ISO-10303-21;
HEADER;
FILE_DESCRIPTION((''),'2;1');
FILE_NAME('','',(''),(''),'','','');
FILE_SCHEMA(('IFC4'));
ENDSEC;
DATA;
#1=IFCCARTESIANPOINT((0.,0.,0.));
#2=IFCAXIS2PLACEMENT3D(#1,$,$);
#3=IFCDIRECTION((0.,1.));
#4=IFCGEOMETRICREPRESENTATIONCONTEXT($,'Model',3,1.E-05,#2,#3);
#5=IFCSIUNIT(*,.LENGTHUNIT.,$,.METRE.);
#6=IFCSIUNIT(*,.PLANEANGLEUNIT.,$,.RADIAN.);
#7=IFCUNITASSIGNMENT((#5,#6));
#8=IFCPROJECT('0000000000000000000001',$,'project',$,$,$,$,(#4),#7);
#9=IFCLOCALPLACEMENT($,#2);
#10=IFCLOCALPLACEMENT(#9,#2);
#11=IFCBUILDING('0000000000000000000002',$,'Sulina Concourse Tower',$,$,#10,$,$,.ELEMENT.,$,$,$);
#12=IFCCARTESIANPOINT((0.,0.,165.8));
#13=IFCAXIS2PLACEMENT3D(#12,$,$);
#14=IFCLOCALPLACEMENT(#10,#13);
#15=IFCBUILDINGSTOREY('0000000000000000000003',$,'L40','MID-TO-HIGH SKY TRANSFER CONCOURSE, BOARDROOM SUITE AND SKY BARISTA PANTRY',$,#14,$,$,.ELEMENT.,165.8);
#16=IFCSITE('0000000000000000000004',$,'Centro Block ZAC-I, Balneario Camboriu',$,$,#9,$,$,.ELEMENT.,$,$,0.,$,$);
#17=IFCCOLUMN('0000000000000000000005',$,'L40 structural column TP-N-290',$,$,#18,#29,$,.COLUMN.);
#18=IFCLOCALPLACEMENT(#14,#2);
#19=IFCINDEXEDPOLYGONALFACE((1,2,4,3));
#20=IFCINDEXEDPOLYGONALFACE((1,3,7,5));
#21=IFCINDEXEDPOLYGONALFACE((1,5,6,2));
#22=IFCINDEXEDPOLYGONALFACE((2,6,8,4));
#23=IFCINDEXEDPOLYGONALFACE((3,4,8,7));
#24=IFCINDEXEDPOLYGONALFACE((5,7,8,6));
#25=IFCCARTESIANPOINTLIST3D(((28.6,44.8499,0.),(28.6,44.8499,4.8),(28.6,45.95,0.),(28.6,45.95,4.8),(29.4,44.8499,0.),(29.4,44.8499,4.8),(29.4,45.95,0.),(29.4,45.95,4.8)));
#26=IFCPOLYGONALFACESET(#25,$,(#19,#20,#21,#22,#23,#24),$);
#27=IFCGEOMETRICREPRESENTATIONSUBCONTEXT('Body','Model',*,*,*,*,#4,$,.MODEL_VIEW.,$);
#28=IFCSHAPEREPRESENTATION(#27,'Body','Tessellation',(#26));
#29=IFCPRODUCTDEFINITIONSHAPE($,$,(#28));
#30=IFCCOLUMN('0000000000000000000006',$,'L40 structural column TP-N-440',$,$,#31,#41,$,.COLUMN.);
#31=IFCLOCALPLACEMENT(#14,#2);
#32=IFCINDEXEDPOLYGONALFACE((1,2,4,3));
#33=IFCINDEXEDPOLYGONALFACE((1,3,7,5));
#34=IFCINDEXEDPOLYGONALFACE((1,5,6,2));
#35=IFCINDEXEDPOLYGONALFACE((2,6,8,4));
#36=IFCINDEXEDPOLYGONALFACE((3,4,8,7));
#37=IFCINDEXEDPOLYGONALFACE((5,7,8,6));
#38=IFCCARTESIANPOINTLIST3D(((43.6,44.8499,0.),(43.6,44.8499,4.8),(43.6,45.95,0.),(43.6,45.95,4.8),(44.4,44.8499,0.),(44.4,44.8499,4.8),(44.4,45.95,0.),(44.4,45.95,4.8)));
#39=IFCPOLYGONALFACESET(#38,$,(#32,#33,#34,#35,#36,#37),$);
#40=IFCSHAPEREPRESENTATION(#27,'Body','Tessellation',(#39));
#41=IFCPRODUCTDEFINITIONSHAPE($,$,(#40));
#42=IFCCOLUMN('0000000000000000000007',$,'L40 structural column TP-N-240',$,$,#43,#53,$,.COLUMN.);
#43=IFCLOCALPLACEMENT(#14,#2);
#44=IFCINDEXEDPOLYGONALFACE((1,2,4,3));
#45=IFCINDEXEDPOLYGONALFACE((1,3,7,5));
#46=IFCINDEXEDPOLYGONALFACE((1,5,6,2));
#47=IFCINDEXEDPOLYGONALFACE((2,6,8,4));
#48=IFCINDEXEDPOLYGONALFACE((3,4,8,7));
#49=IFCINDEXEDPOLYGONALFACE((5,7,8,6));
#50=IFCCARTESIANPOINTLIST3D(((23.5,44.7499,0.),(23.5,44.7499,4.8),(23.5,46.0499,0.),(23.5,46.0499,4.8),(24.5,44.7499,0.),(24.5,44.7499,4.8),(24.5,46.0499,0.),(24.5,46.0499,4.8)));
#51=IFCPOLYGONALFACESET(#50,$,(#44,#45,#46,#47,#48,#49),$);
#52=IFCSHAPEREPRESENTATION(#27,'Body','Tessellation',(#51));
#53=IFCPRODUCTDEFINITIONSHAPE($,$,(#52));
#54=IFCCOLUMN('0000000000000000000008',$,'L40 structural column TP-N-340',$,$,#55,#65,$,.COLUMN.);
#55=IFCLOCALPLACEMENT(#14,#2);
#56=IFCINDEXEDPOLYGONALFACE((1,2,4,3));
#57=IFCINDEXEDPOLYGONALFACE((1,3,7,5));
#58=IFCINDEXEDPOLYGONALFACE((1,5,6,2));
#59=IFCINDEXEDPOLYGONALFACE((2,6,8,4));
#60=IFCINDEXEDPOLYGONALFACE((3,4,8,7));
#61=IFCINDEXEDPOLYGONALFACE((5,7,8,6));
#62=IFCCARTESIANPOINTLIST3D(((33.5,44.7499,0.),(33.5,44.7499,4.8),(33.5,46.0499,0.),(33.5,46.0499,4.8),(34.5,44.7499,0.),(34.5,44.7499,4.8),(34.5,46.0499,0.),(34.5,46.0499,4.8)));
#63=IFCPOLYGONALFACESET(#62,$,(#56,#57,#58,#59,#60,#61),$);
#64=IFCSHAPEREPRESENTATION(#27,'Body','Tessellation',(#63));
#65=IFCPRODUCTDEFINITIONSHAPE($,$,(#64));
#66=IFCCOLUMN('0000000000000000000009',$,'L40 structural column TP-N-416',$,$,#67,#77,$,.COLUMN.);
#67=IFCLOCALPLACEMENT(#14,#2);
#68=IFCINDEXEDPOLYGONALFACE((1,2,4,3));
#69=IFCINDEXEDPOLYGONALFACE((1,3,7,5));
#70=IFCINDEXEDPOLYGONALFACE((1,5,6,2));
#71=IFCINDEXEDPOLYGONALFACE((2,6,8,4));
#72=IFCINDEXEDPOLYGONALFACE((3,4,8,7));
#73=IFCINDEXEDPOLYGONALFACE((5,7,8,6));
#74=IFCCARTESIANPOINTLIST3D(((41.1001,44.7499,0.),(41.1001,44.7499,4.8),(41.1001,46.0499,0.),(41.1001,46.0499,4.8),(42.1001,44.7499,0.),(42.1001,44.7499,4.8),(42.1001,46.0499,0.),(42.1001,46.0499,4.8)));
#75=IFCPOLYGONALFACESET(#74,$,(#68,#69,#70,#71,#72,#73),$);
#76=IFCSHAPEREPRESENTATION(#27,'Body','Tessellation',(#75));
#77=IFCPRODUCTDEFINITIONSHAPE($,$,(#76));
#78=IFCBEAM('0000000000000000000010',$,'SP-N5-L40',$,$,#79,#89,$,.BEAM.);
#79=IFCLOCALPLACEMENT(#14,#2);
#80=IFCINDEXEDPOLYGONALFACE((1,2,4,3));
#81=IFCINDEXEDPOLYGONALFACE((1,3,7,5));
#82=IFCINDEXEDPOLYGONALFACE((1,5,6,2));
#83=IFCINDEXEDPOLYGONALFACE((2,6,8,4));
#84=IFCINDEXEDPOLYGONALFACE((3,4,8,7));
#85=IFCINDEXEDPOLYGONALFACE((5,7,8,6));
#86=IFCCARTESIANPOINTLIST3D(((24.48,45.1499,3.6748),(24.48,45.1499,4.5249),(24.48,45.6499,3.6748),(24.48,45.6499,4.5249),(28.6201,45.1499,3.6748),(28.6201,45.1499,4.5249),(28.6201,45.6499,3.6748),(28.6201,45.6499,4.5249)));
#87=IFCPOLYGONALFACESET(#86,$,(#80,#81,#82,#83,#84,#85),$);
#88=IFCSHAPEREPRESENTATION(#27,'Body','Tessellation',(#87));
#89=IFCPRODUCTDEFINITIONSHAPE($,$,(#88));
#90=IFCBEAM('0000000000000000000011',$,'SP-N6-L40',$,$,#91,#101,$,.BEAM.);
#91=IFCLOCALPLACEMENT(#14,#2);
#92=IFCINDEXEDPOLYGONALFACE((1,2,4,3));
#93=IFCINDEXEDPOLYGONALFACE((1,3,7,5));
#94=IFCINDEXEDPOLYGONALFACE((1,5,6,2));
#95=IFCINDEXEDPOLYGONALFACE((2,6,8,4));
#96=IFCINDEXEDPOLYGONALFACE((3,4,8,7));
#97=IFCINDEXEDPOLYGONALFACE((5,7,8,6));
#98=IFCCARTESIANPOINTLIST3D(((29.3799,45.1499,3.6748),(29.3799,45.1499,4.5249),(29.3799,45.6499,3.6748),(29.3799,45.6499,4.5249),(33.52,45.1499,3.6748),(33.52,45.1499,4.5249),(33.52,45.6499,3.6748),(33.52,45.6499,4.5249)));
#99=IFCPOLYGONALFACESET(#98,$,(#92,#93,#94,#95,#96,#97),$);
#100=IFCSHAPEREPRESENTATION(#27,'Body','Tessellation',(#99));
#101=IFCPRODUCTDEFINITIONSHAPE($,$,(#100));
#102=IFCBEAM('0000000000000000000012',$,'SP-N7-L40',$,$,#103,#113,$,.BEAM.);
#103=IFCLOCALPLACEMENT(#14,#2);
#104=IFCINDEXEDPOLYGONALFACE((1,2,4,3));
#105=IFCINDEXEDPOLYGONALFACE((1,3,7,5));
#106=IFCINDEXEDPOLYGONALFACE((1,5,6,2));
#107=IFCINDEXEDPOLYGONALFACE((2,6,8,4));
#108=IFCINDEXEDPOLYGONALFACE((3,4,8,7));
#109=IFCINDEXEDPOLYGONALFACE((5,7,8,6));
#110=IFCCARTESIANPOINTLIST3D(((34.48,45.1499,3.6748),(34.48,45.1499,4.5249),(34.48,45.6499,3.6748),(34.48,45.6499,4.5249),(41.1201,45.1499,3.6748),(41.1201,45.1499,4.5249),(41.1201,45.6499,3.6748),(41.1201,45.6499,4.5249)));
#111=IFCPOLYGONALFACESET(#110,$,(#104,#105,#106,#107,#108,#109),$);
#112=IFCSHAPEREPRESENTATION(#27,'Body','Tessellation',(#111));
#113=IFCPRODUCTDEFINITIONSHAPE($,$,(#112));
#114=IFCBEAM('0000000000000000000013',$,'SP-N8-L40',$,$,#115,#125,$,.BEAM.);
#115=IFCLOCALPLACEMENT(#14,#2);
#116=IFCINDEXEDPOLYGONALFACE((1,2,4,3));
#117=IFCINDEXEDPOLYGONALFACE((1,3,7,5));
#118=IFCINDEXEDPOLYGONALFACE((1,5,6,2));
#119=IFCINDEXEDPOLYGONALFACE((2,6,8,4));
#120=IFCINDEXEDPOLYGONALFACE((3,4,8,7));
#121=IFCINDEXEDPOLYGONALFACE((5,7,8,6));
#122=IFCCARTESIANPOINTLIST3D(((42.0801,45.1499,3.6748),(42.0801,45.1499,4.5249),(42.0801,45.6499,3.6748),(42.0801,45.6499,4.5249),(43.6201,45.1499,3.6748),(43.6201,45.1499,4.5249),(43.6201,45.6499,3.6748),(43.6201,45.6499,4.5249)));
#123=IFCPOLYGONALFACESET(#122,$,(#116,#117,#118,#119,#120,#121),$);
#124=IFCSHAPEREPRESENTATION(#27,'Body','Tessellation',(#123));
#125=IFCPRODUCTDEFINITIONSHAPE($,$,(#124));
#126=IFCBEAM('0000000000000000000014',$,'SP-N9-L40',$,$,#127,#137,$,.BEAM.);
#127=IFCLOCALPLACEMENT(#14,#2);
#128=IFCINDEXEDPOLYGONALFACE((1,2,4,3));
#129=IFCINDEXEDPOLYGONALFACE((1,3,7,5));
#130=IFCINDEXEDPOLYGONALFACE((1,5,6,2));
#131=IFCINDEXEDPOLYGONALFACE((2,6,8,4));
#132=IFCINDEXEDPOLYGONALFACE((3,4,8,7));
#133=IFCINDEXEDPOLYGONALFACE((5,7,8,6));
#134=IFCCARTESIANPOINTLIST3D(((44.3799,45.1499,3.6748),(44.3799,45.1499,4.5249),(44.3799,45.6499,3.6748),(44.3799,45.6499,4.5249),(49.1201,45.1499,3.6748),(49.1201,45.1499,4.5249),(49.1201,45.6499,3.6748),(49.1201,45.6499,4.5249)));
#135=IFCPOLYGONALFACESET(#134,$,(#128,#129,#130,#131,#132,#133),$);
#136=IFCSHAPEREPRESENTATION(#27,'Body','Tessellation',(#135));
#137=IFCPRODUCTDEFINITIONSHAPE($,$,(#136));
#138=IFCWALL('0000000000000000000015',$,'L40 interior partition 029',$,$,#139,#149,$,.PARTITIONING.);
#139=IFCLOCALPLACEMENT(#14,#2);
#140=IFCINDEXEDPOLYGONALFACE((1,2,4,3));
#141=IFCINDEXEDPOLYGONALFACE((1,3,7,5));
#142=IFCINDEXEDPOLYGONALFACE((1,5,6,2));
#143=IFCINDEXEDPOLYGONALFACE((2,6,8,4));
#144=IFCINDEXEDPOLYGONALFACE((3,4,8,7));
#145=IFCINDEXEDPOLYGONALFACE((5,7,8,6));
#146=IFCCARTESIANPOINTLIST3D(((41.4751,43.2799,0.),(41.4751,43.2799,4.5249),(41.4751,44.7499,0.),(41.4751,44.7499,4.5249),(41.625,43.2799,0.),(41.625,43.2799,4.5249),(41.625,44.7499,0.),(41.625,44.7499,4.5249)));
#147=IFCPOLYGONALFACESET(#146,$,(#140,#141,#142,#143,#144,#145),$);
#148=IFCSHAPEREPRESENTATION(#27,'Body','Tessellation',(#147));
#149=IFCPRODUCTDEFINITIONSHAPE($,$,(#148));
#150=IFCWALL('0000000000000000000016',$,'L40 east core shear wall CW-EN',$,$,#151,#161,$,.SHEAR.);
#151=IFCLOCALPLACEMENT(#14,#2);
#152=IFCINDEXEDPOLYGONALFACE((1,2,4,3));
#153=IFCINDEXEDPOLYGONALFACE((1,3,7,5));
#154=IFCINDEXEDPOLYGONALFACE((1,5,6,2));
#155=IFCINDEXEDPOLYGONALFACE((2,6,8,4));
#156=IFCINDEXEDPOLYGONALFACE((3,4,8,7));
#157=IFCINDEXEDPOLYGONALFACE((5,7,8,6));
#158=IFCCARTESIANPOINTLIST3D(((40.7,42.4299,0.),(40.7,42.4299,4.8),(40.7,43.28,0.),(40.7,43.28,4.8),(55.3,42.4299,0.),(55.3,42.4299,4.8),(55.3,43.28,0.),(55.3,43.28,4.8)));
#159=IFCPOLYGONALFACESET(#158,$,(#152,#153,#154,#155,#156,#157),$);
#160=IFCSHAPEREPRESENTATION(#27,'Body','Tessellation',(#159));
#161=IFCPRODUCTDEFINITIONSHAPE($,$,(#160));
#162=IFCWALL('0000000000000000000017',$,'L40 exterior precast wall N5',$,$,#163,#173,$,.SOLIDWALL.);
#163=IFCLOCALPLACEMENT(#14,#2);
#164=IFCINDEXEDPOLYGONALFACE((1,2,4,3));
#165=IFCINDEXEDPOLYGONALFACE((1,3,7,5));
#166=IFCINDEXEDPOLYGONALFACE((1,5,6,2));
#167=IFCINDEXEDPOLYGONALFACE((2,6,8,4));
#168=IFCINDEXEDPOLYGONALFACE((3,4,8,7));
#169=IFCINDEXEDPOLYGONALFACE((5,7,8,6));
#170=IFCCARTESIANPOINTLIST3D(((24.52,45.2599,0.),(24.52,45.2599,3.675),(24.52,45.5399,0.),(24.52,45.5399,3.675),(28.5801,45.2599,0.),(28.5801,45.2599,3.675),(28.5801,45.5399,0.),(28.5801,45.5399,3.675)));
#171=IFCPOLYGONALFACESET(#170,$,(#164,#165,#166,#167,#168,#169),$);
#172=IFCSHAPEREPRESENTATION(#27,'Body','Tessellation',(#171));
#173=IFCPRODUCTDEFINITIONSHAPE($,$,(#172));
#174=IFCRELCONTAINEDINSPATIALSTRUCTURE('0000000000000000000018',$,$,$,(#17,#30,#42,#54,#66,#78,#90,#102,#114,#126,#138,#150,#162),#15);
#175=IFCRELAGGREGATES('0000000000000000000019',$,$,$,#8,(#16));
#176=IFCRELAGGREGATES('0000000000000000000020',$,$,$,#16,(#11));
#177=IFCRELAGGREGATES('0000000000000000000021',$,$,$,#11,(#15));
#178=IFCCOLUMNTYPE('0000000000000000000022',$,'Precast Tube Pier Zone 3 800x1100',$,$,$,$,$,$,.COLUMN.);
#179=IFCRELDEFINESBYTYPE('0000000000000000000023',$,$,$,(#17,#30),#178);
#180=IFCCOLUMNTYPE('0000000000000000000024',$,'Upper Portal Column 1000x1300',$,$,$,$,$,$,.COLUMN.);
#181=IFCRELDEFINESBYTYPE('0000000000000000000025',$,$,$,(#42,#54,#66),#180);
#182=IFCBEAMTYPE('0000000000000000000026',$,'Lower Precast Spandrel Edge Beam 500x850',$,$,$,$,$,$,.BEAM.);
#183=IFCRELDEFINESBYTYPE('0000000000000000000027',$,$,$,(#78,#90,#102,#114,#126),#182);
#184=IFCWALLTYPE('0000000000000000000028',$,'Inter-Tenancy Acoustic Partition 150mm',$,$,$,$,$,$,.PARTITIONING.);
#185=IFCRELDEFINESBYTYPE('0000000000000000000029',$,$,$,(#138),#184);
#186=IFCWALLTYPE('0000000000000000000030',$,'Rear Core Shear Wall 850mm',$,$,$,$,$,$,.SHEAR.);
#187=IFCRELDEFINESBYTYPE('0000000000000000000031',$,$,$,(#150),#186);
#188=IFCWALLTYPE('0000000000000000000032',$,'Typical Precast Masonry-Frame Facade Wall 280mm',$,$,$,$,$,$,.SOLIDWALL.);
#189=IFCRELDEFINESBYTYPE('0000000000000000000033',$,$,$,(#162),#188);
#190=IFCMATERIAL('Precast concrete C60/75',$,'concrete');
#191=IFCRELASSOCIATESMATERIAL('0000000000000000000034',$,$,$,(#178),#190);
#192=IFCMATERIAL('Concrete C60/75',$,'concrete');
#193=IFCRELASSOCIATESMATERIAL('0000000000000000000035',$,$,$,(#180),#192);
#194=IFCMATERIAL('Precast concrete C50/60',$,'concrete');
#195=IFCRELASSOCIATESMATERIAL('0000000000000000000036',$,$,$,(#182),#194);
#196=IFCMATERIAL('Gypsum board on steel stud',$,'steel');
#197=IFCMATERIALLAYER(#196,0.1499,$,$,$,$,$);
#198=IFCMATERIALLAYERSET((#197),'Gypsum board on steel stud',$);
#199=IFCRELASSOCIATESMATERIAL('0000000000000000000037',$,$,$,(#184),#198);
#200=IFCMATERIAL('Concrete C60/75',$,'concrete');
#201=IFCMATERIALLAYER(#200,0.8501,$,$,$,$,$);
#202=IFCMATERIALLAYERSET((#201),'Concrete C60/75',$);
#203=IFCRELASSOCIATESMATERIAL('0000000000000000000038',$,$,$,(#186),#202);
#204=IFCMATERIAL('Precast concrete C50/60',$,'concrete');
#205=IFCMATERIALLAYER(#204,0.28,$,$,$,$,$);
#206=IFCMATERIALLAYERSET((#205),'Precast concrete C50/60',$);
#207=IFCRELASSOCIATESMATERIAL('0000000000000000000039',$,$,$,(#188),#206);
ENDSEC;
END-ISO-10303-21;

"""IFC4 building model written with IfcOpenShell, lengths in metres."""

from ifc_helpers import new_model, si_unit, direction, frame, frame_2d, origin, origin_2d, place, context, subcontext, project, spatial, rectangle, extrude, material, layer, layer_set, material_profile, profile_set, type_object, element, save


model = new_model("IFC4")

# Units and contexts
model_context = context("Model", 3, precision=1e-05, world=origin(), true_north=direction((0.0, 1.0)))
body_context = subcontext(model_context, "Body", "Model", "MODEL_VIEW")
ifc_project = project(units=[si_unit("LENGTHUNIT", "METRE"), si_unit("PLANEANGLEUNIT", "RADIAN")], contexts=[model_context])

# Site, building, storey
site_placement = place(None, origin())
site = spatial("IfcSite", under=ifc_project, at=site_placement, Name="Centro Block ZAC-I, Balneario Camboriu", CompositionType="ELEMENT", RefElevation=0.0)
building_placement = place(site_placement, origin())
building = spatial("IfcBuilding", under=site, at=building_placement, Name="Sulina Concourse Tower", CompositionType="ELEMENT")
storey_placement = place(building_placement, frame((0.0, 0.0, 165.8)))
storey = spatial("IfcBuildingStorey", under=building, at=storey_placement, Name="L40", Description="MID-TO-HIGH SKY TRANSFER CONCOURSE, BOARDROOM SUITE AND SKY BARISTA PANTRY", CompositionType="ELEMENT", Elevation=165.8)

# Columns
ifc_material_1 = material(Name="Precast concrete C60/75", Category="concrete")
ifc_material_profile_1 = material_profile(ifc_material_1, rectangle(XDim=0.8, YDim=1.1001, at=origin_2d()), Name="PC 800x1100")
ifc_profile_set_1 = profile_set([ifc_material_profile_1], Name="Precast concrete C60/75")
column_type_1 = type_object("IfcColumnType", Name="Precast Tube Pier Zone 3 800x1100", PredefinedType="COLUMN", material=ifc_profile_set_1)
for number, where, z_axis, x_axis, name in (
    (1, (29.0, 45.3999, 0.0), (0.0, 0.0, 1.0), (1.0, 0.0, 0.0), "L40 structural column TP-N-290"),
    (2, (44.0, 45.3999, 0.0), (0.0, 0.0, 1.0), (1.0, 0.0, 0.0), "L40 structural column TP-N-440"),
):
    element("IfcColumn", number, at=place(storey_placement, frame(where, z_axis=z_axis, x_axis=x_axis)), inside=storey, type_object=column_type_1, Name=name, PredefinedType="COLUMN", context=body_context, shape_type="SweptSolid", body=[
        extrude(rectangle(XDim=0.8, YDim=1.1001, at=origin_2d()), origin(), (0.0, 0.0, 1.0), 4.8),
    ])
ifc_material_2 = material(Name="Concrete C60/75", Category="concrete")
ifc_material_profile_2 = material_profile(ifc_material_2, rectangle(XDim=1.0, YDim=1.3, at=origin_2d()), Name="RC 1000x1300")
ifc_profile_set_2 = profile_set([ifc_material_profile_2], Name="Concrete C60/75")
column_type_2 = type_object("IfcColumnType", Name="Upper Portal Column 1000x1300", PredefinedType="COLUMN", material=ifc_profile_set_2)
for number, where, z_axis, x_axis, name in (
    (3, (24.0, 45.3999, 0.0), (0.0, 0.0, 1.0), (1.0, 0.0, 0.0), "L40 structural column TP-N-240"),
    (4, (34.0, 45.3999, 0.0), (0.0, 0.0, 1.0), (1.0, 0.0, 0.0), "L40 structural column TP-N-340"),
    (5, (41.6001, 45.3999, 0.0), (0.0, 0.0, 1.0), (1.0, 0.0, 0.0), "L40 structural column TP-N-416"),
):
    element("IfcColumn", number, at=place(storey_placement, frame(where, z_axis=z_axis, x_axis=x_axis)), inside=storey, type_object=column_type_2, Name=name, PredefinedType="COLUMN", context=body_context, shape_type="SweptSolid", body=[
        extrude(rectangle(XDim=1.0, YDim=1.3, at=origin_2d()), origin(), (0.0, 0.0, 1.0), 4.8),
    ])

# Beams
ifc_material_3 = material(Name="Precast concrete C50/60", Category="concrete")
ifc_material_profile_3 = material_profile(ifc_material_3, rectangle(XDim=0.5, YDim=0.8501, at=origin_2d()), Name="RC 500x850")
ifc_profile_set_3 = profile_set([ifc_material_profile_3], Name="Precast concrete C50/60")
beam_type = type_object("IfcBeamType", Name="Lower Precast Spandrel Edge Beam 500x850", PredefinedType="BEAM", material=ifc_profile_set_3)
for number, where, z_axis, x_axis, name in (
    (6, (24.48, 45.3999, 4.0999), (1.0, 0.0, 0.0), (0.0, 1.0, 0.0), "SP-N5-L40"),
    (7, (29.3799, 45.3999, 4.0999), (1.0, 0.0, 0.0), (0.0, 1.0, 0.0), "SP-N6-L40"),
):
    element("IfcBeam", number, at=place(storey_placement, frame(where, z_axis=z_axis, x_axis=x_axis)), inside=storey, type_object=beam_type, Name=name, PredefinedType="BEAM", context=body_context, shape_type="SweptSolid", body=[
        extrude(rectangle(XDim=0.5, YDim=0.8501, at=origin_2d()), origin(), (0.0, 0.0, 1.0), 4.1401),
    ])
beam_1_placement = place(storey_placement, frame((34.48, 45.3999, 4.0999), z_axis=(1.0, 0.0, 0.0), x_axis=(0.0, 1.0, 0.0)))
element("IfcBeam", 8, at=beam_1_placement, inside=storey, type_object=beam_type, Name="SP-N7-L40", PredefinedType="BEAM", context=body_context, shape_type="SweptSolid", body=[
    extrude(rectangle(XDim=0.5, YDim=0.8501, at=origin_2d()), origin(), (0.0, 0.0, 1.0), 6.6401),
])
beam_2_placement = place(storey_placement, frame((42.0801, 45.3999, 4.0999), z_axis=(1.0, 0.0, 0.0), x_axis=(0.0, 1.0, 0.0)))
element("IfcBeam", 9, at=beam_2_placement, inside=storey, type_object=beam_type, Name="SP-N8-L40", PredefinedType="BEAM", context=body_context, shape_type="SweptSolid", body=[
    extrude(rectangle(XDim=0.5, YDim=0.8501, at=origin_2d()), origin(), (0.0, 0.0, 1.0), 1.54),
])
beam_3_placement = place(storey_placement, frame((44.3799, 45.3999, 4.0999), z_axis=(1.0, 0.0, 0.0), x_axis=(0.0, 1.0, 0.0)))
element("IfcBeam", 10, at=beam_3_placement, inside=storey, type_object=beam_type, Name="SP-N9-L40", PredefinedType="BEAM", context=body_context, shape_type="SweptSolid", body=[
    extrude(rectangle(XDim=0.5, YDim=0.8501, at=origin_2d()), origin(), (0.0, 0.0, 1.0), 4.7402),
])

# Walls
ifc_material_4 = material(Name="Gypsum board on steel stud", Category="steel")
ifc_layer_1 = layer(ifc_material_4, 0.1499)
ifc_layer_set_1 = layer_set([ifc_layer_1], Name="Gypsum board on steel stud")
wall_type_1 = type_object("IfcWallType", Name="Inter-Tenancy Acoustic Partition 150mm", PredefinedType="PARTITIONING", material=ifc_layer_set_1)
wall_1_placement = place(storey_placement, frame((41.55, 43.28, 0.0), z_axis=(0.0, 0.0, 1.0), x_axis=(0.0, 1.0, 0.0)))
element("IfcWall", 11, at=wall_1_placement, inside=storey, type_object=wall_type_1, Name="L40 interior partition 029", PredefinedType="PARTITIONING", context=body_context, shape_type="SweptSolid", body=[
    extrude(rectangle(XDim=1.47, YDim=0.1499, at=frame_2d((0.7349, 0.0))), origin(), (0.0, 0.0, 1.0), 4.5249),
])
ifc_material_5 = material(Name="Concrete C60/75", Category="concrete")
ifc_layer_2 = layer(ifc_material_5, 0.8501)
ifc_layer_set_2 = layer_set([ifc_layer_2], Name="Concrete C60/75")
wall_type_2 = type_object("IfcWallType", Name="Rear Core Shear Wall 850mm", PredefinedType="SHEAR", material=ifc_layer_set_2)
wall_2_placement = place(storey_placement, frame((40.7, 42.855, 0.0), z_axis=(0.0, 0.0, 1.0), x_axis=(1.0, 0.0, 0.0)))
element("IfcWall", 12, at=wall_2_placement, inside=storey, type_object=wall_type_2, Name="L40 east core shear wall CW-EN", PredefinedType="SHEAR", context=body_context, shape_type="SweptSolid", body=[
    extrude(rectangle(XDim=14.6001, YDim=0.8501, at=frame_2d((7.3, 0.0))), origin(), (0.0, 0.0, 1.0), 4.8),
])
ifc_material_6 = material(Name="Precast concrete C50/60", Category="concrete")
ifc_layer_3 = layer(ifc_material_6, 0.28)
ifc_layer_set_3 = layer_set([ifc_layer_3], Name="Precast concrete C50/60")
wall_type_3 = type_object("IfcWallType", Name="Typical Precast Masonry-Frame Facade Wall 280mm", PredefinedType="SOLIDWALL", material=ifc_layer_set_3)
wall_3_placement = place(storey_placement, frame((24.52, 45.3999, 0.0), z_axis=(0.0, 0.0, 1.0), x_axis=(1.0, 0.0, 0.0)))
element("IfcWall", 13, at=wall_3_placement, inside=storey, type_object=wall_type_3, Name="L40 exterior precast wall N5", PredefinedType="SOLIDWALL", context=body_context, shape_type="SweptSolid", body=[
    extrude(rectangle(XDim=4.0601, YDim=0.28, at=frame_2d((2.03, 0.0))), origin(), (0.0, 0.0, 1.0), 3.675),
])

save(model, "model.ifc")
